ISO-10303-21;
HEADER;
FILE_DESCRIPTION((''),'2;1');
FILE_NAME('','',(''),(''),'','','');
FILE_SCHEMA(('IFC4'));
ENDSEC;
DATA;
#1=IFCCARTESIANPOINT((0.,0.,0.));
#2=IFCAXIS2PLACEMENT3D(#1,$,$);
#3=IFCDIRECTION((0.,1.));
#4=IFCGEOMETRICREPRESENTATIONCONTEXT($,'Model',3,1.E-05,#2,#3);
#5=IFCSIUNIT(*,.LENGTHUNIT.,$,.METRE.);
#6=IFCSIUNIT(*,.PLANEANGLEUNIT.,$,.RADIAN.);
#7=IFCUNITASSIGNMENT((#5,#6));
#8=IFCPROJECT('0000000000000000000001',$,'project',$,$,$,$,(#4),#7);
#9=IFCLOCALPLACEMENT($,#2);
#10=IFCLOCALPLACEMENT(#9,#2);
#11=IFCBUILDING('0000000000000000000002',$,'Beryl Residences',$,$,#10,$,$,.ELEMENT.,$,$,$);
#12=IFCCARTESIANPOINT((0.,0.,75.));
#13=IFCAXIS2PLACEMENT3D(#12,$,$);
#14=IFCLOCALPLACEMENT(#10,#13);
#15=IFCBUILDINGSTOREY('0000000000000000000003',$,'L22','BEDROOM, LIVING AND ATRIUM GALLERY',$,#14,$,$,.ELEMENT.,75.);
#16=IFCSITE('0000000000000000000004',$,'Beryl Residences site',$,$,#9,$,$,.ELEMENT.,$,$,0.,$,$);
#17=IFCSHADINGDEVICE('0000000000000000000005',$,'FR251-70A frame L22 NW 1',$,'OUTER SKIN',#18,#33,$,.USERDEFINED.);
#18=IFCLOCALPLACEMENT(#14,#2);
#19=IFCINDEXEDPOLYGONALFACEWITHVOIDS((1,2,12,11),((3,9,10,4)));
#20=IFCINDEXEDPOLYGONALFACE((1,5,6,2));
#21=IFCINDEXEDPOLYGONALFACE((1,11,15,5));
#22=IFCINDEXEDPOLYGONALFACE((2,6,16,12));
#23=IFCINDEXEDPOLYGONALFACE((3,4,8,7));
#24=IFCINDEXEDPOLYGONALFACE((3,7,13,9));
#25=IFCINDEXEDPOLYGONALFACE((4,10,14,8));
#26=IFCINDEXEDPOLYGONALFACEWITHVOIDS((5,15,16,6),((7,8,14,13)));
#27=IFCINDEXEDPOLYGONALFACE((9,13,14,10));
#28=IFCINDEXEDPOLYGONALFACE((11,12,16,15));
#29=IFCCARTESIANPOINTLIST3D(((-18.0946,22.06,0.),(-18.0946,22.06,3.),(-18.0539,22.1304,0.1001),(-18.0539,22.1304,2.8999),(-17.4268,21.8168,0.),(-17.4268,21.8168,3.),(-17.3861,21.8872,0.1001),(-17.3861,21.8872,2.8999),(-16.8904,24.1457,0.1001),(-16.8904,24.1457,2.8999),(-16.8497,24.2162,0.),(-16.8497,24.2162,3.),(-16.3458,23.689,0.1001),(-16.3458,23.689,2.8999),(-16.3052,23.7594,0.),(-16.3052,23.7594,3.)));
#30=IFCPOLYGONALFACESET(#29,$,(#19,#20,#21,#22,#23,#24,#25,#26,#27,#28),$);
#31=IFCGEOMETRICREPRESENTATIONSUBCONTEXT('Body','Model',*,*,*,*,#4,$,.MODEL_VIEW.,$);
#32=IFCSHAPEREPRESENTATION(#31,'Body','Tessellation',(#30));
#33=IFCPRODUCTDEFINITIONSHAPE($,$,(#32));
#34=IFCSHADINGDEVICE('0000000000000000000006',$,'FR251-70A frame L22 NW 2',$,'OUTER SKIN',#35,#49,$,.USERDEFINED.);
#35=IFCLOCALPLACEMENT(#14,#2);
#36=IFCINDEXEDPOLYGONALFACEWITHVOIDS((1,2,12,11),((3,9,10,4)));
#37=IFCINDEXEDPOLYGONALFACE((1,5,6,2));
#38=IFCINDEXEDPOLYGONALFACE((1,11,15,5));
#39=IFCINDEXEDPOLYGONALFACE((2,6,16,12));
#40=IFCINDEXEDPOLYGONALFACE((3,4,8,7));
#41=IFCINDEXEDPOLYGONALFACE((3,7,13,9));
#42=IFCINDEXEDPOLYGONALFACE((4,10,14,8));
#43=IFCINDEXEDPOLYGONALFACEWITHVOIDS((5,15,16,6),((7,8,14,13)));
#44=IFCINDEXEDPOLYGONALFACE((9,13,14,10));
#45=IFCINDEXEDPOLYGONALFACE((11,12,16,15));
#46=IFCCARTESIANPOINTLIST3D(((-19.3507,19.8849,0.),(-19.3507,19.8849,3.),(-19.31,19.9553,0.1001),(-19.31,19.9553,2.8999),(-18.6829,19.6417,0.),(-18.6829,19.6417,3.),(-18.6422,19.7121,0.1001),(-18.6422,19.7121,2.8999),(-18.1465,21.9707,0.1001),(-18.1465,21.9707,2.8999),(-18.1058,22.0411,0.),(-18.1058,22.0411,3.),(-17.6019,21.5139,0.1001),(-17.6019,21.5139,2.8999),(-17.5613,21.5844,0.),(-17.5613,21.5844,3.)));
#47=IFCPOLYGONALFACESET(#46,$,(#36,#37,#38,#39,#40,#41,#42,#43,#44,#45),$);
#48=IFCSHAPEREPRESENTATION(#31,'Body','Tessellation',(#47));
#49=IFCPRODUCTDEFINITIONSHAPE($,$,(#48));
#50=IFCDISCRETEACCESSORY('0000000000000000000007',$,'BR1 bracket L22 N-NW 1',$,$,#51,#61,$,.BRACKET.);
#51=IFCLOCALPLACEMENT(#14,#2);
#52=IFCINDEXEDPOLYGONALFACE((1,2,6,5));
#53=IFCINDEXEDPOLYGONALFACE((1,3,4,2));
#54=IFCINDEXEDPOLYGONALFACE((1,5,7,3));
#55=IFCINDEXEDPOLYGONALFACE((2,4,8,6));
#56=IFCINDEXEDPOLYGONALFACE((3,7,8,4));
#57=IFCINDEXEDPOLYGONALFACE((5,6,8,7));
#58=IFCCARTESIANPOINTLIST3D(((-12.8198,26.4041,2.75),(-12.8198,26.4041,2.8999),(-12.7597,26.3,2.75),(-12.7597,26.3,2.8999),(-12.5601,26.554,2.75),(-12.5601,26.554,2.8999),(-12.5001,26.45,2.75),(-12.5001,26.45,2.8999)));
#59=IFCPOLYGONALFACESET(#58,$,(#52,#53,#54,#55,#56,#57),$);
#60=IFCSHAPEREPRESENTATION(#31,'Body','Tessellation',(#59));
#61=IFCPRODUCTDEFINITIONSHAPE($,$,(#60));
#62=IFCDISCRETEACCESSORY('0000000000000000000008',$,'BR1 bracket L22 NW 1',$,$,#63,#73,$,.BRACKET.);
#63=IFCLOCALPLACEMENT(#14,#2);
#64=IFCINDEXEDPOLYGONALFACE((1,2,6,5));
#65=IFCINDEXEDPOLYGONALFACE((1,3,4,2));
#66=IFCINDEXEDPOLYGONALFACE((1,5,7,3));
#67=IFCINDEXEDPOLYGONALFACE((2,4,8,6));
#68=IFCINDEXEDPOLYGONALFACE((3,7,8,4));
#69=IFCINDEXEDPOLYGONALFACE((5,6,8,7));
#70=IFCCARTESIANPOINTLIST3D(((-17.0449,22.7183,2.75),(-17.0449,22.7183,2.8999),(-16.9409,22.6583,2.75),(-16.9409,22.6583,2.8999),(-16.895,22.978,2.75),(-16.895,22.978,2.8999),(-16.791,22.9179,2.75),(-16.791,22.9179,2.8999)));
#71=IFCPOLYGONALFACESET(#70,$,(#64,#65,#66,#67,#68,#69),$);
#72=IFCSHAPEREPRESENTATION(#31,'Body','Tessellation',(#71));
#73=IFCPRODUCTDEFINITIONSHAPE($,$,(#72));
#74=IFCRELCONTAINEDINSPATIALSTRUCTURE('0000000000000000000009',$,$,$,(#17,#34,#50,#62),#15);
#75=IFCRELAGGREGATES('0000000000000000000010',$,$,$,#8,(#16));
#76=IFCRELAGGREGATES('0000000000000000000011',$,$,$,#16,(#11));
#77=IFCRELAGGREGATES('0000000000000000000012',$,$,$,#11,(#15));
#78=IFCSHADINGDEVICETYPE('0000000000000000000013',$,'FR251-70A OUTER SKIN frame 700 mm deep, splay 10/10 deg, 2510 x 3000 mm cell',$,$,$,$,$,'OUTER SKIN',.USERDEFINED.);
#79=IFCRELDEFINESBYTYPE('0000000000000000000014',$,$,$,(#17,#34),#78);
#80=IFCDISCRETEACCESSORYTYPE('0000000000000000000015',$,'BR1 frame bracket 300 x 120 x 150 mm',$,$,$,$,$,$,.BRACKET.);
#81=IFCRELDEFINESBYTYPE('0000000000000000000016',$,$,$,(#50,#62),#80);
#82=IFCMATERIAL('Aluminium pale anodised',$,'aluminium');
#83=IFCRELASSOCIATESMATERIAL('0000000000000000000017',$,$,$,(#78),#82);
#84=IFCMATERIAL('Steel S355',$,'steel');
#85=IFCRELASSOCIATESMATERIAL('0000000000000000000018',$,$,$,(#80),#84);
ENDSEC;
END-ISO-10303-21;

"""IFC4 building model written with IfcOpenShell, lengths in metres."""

from ifc_helpers import new_model, entity, si_unit, direction, frame, origin, place, context, subcontext, project, spatial, polyline, outline, extrude, source, transform, mapped, material, type_object, type_shapes, element, save


model = new_model("IFC4")

# Units and contexts
model_context = context("Model", 3, precision=1e-05, world=origin(), true_north=direction((0.0, 1.0)))
body_context = subcontext(model_context, "Body", "Model", "MODEL_VIEW")
ifc_project = project(units=[si_unit("LENGTHUNIT", "METRE"), si_unit("PLANEANGLEUNIT", "RADIAN")], contexts=[model_context])

# Site, building, storey
site_placement = place(None, origin())
site = spatial("IfcSite", under=ifc_project, at=site_placement, Name="Beryl Residences site", CompositionType="ELEMENT", RefElevation=0.0)
building_placement = place(site_placement, origin())
building = spatial("IfcBuilding", under=site, at=building_placement, Name="Beryl Residences", CompositionType="ELEMENT")
storey_placement = place(building_placement, frame((0.0, 0.0, 75.0)))
storey = spatial("IfcBuildingStorey", under=building, at=storey_placement, Name="L22", Description="BEDROOM, LIVING AND ATRIUM GALLERY", CompositionType="ELEMENT", Elevation=75.0)

# Shading devices
ifc_material_1 = material(Name="Aluminium pale anodised", Category="aluminium")
shading_device_type_1 = type_object("IfcShadingDeviceType", Name="FR251-70A OUTER SKIN frame 700 mm deep, splay 10/10 deg, 2510 x 3000 mm cell", ElementType="OUTER SKIN", PredefinedType="USERDEFINED", material=ifc_material_1)
cartesian_point_1 = entity("IfcCartesianPoint", [-1.1216, 0.0])
cartesian_point_2 = entity("IfcCartesianPoint", [-1.0403, 0.1001])
cartesian_point_3 = entity("IfcCartesianPoint", [-1.2449, 0.0])
cartesian_point_4 = entity("IfcCartesianPoint", [-1.1636, 0.1001])
shared_shape_1 = source(origin(), body_context, "Body", "SweptSolid", [
    entity("IfcExtrudedAreaSolidTapered", entity("IfcArbitraryProfileDefWithVoids", "AREA", None, entity("IfcPolyline", [cartesian_point_1, entity("IfcCartesianPoint", [1.1216, 0.0]), entity("IfcCartesianPoint", [1.1216, 3.0]), entity("IfcCartesianPoint", [-1.1216, 3.0]), cartesian_point_1]), [entity("IfcPolyline", [cartesian_point_2, entity("IfcCartesianPoint", [1.0403, 0.1001]), entity("IfcCartesianPoint", [1.0403, 2.8999]), entity("IfcCartesianPoint", [-1.0403, 2.8999]), cartesian_point_2])]), entity("IfcAxis2Placement3D", entity("IfcCartesianPoint", [0.0, 0.0, 0.0]), entity("IfcDirection", [0.0, 1.0, 0.0]), entity("IfcDirection", [-1.0, 0.0, 0.0])), entity("IfcDirection", [0.0, 0.0, 1.0]), 0.7, entity("IfcArbitraryProfileDefWithVoids", "AREA", None, entity("IfcPolyline", [cartesian_point_3, entity("IfcCartesianPoint", [1.2449, 0.0]), entity("IfcCartesianPoint", [1.2449, 3.0]), entity("IfcCartesianPoint", [-1.2449, 3.0]), cartesian_point_3]), [entity("IfcPolyline", [cartesian_point_4, entity("IfcCartesianPoint", [1.1636, 0.1001]), entity("IfcCartesianPoint", [1.1636, 2.8999]), entity("IfcCartesianPoint", [-1.1636, 2.8999]), cartesian_point_4])])),
])
type_shapes(shading_device_type_1, [shared_shape_1])
for number, where, z_axis, x_axis, name in (
    (1, (-16.866, 22.7881, 0.0), (0.0, 0.0, 1.0), (0.5, 0.866025, 0.0), "FR251-70A frame L22 NW 1"),
    (2, (-18.1221, 20.613, 0.0), (0.0, 0.0, 1.0), (0.5, 0.866025, 0.0), "FR251-70A frame L22 NW 2"),
):
    element("IfcShadingDevice", number, at=place(storey_placement, frame(where, z_axis=z_axis, x_axis=x_axis)), inside=storey, type_object=shading_device_type_1, Name=name, ObjectType="OUTER SKIN", PredefinedType="USERDEFINED", context=body_context, shape_type="MappedRepresentation", body=[
        mapped(shared_shape_1, transform((0.0, 0.0, 0.0))),
    ])

# Discrete accessories
ifc_material_2 = material(Name="Steel S355", Category="steel")
discrete_accessory_type = type_object("IfcDiscreteAccessoryType", Name="BR1 frame bracket 300 x 120 x 150 mm", PredefinedType="BRACKET", material=ifc_material_2)
shared_shape_2 = source(origin(), body_context, "Body", "SweptSolid", [
    extrude(outline(polyline([(-0.1499, 0.0), (0.1499, 0.0), (0.1499, 0.1201), (-0.1499, 0.1201), (-0.1499, 0.0)])), origin(), (0.0, 0.0, 1.0), 0.1499),
])
type_shapes(discrete_accessory_type, [shared_shape_2])
for number, where, z_axis, x_axis, name in (
    (3, (-12.6299, 26.375, 2.75), (0.0, 0.0, 1.0), (0.866025, 0.5, 0.0), "BR1 bracket L22 N-NW 1"),
    (4, (-16.866, 22.7881, 2.75), (0.0, 0.0, 1.0), (0.5, 0.866025, 0.0), "BR1 bracket L22 NW 1"),
):
    element("IfcDiscreteAccessory", number, at=place(storey_placement, frame(where, z_axis=z_axis, x_axis=x_axis)), inside=storey, type_object=discrete_accessory_type, Name=name, PredefinedType="BRACKET", context=body_context, shape_type="MappedRepresentation", body=[
        mapped(shared_shape_2, transform((0.0, 0.0, 0.0))),
    ])

save(model, "model.ifc")
